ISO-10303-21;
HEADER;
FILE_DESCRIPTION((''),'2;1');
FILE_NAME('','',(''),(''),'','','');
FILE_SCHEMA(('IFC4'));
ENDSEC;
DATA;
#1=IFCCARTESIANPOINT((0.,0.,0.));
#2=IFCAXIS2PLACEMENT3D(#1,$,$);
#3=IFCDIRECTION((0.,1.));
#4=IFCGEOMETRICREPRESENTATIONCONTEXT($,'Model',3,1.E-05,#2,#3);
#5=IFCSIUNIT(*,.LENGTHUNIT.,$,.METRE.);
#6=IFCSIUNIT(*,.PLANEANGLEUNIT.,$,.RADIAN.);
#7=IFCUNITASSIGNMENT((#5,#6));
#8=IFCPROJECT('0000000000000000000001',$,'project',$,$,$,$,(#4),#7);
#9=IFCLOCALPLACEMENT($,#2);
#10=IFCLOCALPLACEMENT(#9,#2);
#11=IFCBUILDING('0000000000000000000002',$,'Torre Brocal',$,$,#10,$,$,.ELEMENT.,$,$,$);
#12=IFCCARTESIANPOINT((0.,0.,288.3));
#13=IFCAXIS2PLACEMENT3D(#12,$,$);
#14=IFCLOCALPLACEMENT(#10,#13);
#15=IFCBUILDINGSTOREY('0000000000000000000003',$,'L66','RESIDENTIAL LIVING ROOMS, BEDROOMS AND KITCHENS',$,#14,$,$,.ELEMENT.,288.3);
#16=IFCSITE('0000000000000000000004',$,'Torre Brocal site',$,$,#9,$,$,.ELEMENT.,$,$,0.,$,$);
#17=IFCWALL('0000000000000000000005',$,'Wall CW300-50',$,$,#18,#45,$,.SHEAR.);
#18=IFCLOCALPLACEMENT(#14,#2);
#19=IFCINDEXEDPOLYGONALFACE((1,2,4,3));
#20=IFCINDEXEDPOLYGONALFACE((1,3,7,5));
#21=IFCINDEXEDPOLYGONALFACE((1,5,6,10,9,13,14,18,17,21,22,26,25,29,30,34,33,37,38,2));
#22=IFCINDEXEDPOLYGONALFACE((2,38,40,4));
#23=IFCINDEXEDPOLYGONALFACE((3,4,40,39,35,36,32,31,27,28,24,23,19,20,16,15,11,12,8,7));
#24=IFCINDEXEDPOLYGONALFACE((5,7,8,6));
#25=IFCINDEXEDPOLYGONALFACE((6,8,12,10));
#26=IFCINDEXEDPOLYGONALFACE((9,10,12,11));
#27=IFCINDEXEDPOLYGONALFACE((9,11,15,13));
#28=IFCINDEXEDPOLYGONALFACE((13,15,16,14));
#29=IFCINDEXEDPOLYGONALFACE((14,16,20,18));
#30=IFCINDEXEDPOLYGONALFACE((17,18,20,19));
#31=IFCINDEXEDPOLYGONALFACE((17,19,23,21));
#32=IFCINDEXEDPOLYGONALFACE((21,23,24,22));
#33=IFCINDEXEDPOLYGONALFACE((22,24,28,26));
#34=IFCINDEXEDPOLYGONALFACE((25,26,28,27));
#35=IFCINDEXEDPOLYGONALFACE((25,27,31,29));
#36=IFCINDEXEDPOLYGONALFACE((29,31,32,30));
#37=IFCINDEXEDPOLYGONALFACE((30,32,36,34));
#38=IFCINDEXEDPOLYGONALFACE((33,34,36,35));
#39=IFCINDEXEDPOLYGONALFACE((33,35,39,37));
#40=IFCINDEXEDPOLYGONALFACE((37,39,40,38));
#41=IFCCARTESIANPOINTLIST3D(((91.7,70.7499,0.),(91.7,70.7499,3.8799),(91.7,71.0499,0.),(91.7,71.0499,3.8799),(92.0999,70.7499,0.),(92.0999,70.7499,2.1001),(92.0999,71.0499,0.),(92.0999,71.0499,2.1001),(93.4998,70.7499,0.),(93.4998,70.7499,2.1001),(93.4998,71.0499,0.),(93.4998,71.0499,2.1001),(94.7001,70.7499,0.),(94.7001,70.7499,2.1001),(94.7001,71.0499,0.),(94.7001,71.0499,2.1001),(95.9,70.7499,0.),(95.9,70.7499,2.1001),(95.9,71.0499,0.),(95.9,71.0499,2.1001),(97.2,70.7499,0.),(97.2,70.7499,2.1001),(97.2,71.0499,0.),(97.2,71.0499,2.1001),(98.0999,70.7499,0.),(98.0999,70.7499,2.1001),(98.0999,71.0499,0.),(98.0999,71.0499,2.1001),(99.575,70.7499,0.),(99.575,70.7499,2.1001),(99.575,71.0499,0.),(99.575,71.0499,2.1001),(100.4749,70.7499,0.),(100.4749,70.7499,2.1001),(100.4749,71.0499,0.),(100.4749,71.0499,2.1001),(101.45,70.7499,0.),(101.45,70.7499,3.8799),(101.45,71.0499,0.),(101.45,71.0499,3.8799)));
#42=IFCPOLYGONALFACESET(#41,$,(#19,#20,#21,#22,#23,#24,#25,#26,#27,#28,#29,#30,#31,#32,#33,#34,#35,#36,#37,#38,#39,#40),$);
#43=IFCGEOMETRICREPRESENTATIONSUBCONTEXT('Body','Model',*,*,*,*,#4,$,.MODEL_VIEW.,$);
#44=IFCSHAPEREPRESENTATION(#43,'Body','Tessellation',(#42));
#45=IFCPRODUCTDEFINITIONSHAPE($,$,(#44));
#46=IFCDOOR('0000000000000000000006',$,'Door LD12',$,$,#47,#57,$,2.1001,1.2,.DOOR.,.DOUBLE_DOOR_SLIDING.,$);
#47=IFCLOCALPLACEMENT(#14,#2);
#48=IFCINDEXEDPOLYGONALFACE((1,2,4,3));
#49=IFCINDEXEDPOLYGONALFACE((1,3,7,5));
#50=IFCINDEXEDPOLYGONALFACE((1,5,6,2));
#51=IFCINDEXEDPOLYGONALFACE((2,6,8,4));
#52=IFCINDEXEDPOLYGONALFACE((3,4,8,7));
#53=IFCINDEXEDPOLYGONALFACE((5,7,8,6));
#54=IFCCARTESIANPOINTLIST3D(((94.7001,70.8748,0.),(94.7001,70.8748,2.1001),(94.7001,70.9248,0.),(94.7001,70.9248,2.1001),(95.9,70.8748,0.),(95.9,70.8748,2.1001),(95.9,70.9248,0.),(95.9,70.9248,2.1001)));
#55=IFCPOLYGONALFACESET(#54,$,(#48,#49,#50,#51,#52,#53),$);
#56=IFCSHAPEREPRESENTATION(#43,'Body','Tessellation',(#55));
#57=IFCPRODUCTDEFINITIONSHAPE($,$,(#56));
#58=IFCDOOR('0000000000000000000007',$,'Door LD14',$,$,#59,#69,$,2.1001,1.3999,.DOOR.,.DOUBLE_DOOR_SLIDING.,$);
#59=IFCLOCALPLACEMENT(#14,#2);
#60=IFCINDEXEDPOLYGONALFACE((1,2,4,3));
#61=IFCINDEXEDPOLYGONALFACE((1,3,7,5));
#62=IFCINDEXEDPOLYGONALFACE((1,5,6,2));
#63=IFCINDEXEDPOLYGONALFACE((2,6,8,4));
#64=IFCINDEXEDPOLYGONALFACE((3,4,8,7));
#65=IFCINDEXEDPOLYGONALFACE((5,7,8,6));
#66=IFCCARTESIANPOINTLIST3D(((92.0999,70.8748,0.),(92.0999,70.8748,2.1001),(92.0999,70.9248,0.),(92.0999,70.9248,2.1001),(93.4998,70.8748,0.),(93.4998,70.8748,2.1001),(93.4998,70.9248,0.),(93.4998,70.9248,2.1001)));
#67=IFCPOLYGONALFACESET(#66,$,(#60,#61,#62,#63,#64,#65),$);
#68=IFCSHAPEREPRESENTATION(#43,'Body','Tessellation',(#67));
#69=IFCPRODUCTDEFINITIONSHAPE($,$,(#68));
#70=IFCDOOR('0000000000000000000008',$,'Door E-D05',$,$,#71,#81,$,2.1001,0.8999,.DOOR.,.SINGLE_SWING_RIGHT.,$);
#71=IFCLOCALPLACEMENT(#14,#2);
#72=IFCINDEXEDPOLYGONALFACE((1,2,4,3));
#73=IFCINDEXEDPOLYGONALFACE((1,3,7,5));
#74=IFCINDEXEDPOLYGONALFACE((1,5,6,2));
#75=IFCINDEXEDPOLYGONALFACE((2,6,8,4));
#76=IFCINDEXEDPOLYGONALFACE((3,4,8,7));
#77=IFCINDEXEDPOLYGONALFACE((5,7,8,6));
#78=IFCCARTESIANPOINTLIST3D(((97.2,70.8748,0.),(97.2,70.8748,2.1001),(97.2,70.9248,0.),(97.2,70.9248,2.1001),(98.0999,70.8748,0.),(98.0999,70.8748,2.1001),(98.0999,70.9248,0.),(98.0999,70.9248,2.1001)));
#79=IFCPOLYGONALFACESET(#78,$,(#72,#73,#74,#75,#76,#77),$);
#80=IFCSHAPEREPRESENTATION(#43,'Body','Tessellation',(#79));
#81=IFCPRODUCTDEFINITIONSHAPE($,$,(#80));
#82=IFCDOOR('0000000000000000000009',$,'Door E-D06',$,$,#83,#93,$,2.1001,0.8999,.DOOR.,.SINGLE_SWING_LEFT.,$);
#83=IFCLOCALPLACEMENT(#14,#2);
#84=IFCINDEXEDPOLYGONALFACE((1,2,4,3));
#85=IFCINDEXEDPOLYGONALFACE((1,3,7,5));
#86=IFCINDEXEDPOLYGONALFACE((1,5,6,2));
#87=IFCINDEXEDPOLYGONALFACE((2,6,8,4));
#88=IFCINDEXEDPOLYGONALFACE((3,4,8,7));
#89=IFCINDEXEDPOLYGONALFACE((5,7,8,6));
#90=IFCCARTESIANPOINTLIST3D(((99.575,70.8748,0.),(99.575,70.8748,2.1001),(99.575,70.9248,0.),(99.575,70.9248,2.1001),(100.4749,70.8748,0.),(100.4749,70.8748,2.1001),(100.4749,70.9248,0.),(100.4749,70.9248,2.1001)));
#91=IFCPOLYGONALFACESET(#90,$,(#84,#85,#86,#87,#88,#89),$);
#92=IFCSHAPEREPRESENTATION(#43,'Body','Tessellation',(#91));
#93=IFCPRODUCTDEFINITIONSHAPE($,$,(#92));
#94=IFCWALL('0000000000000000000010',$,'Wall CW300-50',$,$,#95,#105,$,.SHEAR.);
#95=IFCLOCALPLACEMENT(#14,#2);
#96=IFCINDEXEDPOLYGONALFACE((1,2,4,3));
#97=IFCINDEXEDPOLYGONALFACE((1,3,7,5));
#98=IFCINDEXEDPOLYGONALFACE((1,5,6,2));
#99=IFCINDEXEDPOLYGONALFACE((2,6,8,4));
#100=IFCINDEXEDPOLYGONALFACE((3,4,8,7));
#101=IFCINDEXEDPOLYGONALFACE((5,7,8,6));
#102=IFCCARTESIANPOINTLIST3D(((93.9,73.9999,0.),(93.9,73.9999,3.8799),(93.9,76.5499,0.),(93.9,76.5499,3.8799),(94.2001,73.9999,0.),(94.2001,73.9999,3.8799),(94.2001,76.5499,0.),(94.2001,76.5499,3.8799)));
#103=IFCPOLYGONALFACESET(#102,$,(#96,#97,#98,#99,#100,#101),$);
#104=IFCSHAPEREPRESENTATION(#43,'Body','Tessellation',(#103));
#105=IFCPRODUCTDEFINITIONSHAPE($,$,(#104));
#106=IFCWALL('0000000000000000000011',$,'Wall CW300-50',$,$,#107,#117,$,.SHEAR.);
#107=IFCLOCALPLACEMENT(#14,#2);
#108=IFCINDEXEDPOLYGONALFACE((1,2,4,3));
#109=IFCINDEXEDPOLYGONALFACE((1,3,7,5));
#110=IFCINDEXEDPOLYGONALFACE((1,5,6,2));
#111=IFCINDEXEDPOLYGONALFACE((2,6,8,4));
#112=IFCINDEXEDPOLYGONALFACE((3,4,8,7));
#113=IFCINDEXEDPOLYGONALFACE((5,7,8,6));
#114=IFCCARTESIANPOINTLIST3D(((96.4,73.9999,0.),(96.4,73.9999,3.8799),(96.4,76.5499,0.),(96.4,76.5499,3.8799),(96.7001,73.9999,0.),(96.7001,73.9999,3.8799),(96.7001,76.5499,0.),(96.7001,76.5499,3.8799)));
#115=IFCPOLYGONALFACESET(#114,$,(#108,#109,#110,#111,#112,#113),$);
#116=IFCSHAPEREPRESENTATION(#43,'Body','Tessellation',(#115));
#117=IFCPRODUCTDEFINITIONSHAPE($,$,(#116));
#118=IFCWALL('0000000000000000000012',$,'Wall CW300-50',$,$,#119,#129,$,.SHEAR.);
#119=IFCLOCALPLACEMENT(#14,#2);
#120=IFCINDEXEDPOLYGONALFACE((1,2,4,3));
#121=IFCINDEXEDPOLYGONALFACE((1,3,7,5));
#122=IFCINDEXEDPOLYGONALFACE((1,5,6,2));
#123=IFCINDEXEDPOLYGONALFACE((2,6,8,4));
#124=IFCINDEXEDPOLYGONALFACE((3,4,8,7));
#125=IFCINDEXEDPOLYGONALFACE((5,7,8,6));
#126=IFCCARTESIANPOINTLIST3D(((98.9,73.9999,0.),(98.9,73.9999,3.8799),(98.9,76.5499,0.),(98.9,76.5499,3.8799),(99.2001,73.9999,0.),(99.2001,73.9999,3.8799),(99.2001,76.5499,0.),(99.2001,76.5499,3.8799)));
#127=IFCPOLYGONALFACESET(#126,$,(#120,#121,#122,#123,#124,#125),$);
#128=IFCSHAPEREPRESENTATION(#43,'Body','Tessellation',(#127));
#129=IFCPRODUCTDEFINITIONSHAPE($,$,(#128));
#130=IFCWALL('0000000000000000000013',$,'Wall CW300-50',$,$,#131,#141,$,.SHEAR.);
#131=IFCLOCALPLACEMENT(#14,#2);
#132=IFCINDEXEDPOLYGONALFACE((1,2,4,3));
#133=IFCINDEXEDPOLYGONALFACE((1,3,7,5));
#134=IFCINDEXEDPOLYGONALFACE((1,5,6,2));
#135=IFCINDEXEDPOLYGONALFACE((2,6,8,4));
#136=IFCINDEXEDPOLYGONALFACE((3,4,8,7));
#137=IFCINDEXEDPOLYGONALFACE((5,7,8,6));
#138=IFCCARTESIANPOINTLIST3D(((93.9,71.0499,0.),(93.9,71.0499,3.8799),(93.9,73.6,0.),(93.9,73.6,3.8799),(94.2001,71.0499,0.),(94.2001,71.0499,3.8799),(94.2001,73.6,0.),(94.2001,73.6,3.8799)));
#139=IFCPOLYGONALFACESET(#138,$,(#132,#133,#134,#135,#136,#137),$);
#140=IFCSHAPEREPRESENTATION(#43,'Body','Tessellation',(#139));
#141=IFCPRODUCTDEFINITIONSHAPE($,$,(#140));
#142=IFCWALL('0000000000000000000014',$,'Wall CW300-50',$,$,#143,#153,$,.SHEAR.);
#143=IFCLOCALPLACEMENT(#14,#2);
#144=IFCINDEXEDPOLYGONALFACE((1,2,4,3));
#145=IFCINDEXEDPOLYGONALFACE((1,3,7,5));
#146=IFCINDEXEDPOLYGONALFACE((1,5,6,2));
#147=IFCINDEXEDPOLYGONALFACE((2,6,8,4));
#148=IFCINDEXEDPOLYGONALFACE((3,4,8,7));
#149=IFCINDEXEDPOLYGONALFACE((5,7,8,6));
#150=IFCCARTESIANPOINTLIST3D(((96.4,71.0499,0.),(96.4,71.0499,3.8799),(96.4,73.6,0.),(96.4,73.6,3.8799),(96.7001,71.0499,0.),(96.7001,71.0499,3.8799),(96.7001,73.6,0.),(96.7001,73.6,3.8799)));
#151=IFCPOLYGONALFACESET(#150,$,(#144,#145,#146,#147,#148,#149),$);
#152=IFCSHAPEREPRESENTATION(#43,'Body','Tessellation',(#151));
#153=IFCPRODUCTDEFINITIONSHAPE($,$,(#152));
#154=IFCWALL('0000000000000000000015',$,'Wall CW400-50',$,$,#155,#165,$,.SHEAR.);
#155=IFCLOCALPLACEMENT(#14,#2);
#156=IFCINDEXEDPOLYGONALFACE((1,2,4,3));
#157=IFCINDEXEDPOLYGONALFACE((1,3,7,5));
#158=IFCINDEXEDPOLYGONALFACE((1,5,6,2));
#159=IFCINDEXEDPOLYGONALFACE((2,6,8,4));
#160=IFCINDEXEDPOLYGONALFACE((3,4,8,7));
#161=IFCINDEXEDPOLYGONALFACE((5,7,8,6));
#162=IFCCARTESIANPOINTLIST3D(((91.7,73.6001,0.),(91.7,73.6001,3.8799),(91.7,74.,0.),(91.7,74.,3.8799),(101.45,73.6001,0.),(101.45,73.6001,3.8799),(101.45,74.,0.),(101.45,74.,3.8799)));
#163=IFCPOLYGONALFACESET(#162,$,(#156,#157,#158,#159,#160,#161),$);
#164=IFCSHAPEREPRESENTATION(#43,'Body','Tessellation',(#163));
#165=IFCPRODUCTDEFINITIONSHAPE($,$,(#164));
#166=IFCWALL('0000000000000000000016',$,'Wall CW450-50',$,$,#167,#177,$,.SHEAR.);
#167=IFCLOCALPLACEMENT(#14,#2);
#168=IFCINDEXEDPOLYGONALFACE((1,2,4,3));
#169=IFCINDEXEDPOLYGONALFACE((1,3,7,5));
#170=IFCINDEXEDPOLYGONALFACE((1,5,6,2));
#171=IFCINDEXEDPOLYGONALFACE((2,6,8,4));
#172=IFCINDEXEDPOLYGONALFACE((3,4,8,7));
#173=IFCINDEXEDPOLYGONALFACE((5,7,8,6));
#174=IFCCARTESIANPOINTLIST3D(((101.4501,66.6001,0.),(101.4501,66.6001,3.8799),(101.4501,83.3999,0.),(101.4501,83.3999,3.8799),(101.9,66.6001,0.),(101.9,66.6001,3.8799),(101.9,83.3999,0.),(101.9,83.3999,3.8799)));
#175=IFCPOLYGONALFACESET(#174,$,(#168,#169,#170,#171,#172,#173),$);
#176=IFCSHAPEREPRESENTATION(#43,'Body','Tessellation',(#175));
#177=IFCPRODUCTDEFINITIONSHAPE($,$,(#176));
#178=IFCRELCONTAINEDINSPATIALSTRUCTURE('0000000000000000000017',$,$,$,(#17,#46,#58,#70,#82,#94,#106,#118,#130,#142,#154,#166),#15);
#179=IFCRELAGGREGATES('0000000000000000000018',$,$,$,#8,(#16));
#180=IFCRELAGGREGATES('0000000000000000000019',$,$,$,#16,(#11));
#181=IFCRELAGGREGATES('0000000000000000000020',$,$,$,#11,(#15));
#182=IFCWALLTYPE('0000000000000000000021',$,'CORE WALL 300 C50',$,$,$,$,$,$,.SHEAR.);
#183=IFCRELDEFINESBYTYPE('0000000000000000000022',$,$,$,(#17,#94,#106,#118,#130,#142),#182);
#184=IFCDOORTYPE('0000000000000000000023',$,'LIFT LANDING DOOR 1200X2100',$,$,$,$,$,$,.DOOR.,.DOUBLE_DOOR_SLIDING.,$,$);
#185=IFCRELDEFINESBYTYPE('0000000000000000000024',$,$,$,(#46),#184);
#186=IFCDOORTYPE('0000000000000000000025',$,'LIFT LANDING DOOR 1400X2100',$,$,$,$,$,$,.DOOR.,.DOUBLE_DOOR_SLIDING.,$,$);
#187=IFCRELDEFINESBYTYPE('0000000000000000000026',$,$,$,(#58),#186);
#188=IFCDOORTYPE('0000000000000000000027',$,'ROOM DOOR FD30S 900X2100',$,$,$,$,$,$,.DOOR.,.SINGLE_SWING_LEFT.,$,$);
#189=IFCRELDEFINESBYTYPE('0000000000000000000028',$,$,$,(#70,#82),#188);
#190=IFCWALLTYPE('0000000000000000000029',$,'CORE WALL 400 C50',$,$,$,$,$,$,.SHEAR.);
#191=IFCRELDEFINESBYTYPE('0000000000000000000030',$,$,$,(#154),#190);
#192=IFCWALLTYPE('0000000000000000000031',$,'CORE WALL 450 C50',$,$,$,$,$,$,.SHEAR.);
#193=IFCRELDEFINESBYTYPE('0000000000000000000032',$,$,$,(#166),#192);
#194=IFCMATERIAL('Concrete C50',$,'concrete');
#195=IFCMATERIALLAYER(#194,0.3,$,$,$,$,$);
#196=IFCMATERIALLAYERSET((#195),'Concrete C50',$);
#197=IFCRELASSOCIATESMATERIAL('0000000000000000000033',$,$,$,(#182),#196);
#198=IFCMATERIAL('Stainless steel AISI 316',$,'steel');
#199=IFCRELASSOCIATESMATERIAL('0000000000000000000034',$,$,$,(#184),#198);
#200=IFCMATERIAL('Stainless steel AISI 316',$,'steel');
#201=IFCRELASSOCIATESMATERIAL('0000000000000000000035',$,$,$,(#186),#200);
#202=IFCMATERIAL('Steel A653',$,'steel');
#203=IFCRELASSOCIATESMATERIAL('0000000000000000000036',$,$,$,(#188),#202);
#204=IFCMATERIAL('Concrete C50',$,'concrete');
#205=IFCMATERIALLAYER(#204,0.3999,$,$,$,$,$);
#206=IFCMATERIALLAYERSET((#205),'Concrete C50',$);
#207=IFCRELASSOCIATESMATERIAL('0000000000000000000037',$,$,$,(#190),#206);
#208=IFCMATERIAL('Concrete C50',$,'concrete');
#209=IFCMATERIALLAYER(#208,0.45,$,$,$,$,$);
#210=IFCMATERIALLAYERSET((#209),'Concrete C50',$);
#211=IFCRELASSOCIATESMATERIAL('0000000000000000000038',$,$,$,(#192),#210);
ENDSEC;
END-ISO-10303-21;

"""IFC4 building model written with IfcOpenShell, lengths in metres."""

from ifc_helpers import new_model, si_unit, direction, frame, frame_2d, origin, place, context, subcontext, project, spatial, rectangle, extrude, material, layer, layer_set, type_object, element, fill, save


model = new_model("IFC4")

# Units and contexts
model_context = context("Model", 3, precision=1e-05, world=origin(), true_north=direction((0.0, 1.0)))
body_context = subcontext(model_context, "Body", "Model", "MODEL_VIEW")
ifc_project = project(units=[si_unit("LENGTHUNIT", "METRE"), si_unit("PLANEANGLEUNIT", "RADIAN")], contexts=[model_context])

# Site, building, storey
site_placement = place(None, origin())
site = spatial("IfcSite", under=ifc_project, at=site_placement, Name="Torre Brocal site", CompositionType="ELEMENT", RefElevation=0.0)
building_placement = place(site_placement, origin())
building = spatial("IfcBuilding", under=site, at=building_placement, Name="Torre Brocal", CompositionType="ELEMENT")
storey_placement = place(building_placement, frame((0.0, 0.0, 288.3)))
storey = spatial("IfcBuildingStorey", under=building, at=storey_placement, Name="L66", Description="RESIDENTIAL LIVING ROOMS, BEDROOMS AND KITCHENS", CompositionType="ELEMENT", Elevation=288.3)

# Shared definitions
ifc_material_1 = material(Name="Concrete C50", Category="concrete")
ifc_layer_1 = layer(ifc_material_1, 0.3)
ifc_layer_set_1 = layer_set([ifc_layer_1], Name="Concrete C50")
wall_type_1 = type_object("IfcWallType", Name="CORE WALL 300 C50", PredefinedType="SHEAR", material=ifc_layer_set_1)

# Wall, openings, doors
wall_1_placement = place(storey_placement, frame((91.7, 70.8999, 0.0), z_axis=(0.0, 0.0, 1.0), x_axis=(1.0, 0.0, 0.0)))
wall_1 = element("IfcWall", 1, at=wall_1_placement, inside=storey, type_object=wall_type_1, Name="Wall CW300-50", PredefinedType="SHEAR", context=body_context, shape_type="SweptSolid", body=[
    extrude(rectangle(XDim=9.75, YDim=0.3, at=frame_2d((4.875, 0.0))), origin(), (0.0, 0.0, 1.0), 3.8799),
])
opening_1_placement = place(wall_1_placement, frame((0.3999, 0.0, 0.0)))
opening_1 = element("IfcOpeningElement", 2, at=opening_1_placement, cuts=wall_1, PredefinedType="OPENING", context=body_context, shape_type="SweptSolid", body=[
    extrude(rectangle(XDim=1.3999, YDim=2.1001, at=frame_2d((0.7, 1.05))), frame((0.0, 0.1599, 0.0), z_axis=(0.0, -1.0, 0.0), x_axis=(1.0, 0.0, 0.0)), (0.0, 0.0, 1.0), 0.3201),
])
opening_2_placement = place(wall_1_placement, frame((3.0, 0.0, 0.0)))
opening_2 = element("IfcOpeningElement", 3, at=opening_2_placement, cuts=wall_1, PredefinedType="OPENING", context=body_context, shape_type="SweptSolid", body=[
    extrude(rectangle(XDim=1.2, YDim=2.1001, at=frame_2d((0.6001, 1.05))), frame((0.0, 0.1599, 0.0), z_axis=(0.0, -1.0, 0.0), x_axis=(1.0, 0.0, 0.0)), (0.0, 0.0, 1.0), 0.3201),
])
opening_3_placement = place(wall_1_placement, frame((5.5, 0.0, 0.0)))
opening_3 = element("IfcOpeningElement", 4, at=opening_3_placement, cuts=wall_1, PredefinedType="OPENING", context=body_context, shape_type="SweptSolid", body=[
    extrude(rectangle(XDim=0.8999, YDim=2.1001, at=frame_2d((0.45, 1.05))), frame((0.0, 0.1599, 0.0), z_axis=(0.0, -1.0, 0.0), x_axis=(1.0, 0.0, 0.0)), (0.0, 0.0, 1.0), 0.3201),
])
opening_4_placement = place(wall_1_placement, frame((7.875, 0.0, 0.0)))
opening_4 = element("IfcOpeningElement", 5, at=opening_4_placement, cuts=wall_1, PredefinedType="OPENING", context=body_context, shape_type="SweptSolid", body=[
    extrude(rectangle(XDim=0.8999, YDim=2.1001, at=frame_2d((0.45, 1.05))), frame((0.0, 0.1599, 0.0), z_axis=(0.0, -1.0, 0.0), x_axis=(1.0, 0.0, 0.0)), (0.0, 0.0, 1.0), 0.3201),
])
ifc_material_2 = material(Name="Stainless steel AISI 316", Category="steel")
door_type_1 = type_object("IfcDoorType", Name="LIFT LANDING DOOR 1200X2100", OperationType="DOUBLE_DOOR_SLIDING", PredefinedType="DOOR", material=ifc_material_2)
door_1_placement = place(opening_2_placement, origin())
door_1 = element("IfcDoor", 6, at=door_1_placement, inside=storey, type_object=door_type_1, Name="Door LD12", OperationType="DOUBLE_DOOR_SLIDING", OverallHeight=2.1001, OverallWidth=1.2, PredefinedType="DOOR", context=body_context, shape_type="SweptSolid", body=[
    extrude(rectangle(XDim=1.2, YDim=2.1001, at=frame_2d((0.6001, 1.05))), frame((0.0, 0.0249, 0.0), z_axis=(0.0, -1.0, 0.0), x_axis=(1.0, 0.0, 0.0)), (0.0, 0.0, 1.0), 0.05),
])
fill(opening_2, door_1)
ifc_material_3 = material(Name="Stainless steel AISI 316", Category="steel")
door_type_2 = type_object("IfcDoorType", Name="LIFT LANDING DOOR 1400X2100", OperationType="DOUBLE_DOOR_SLIDING", PredefinedType="DOOR", material=ifc_material_3)
door_2_placement = place(opening_1_placement, origin())
door_2 = element("IfcDoor", 7, at=door_2_placement, inside=storey, type_object=door_type_2, Name="Door LD14", OperationType="DOUBLE_DOOR_SLIDING", OverallHeight=2.1001, OverallWidth=1.3999, PredefinedType="DOOR", context=body_context, shape_type="SweptSolid", body=[
    extrude(rectangle(XDim=1.3999, YDim=2.1001, at=frame_2d((0.7, 1.05))), frame((0.0, 0.0249, 0.0), z_axis=(0.0, -1.0, 0.0), x_axis=(1.0, 0.0, 0.0)), (0.0, 0.0, 1.0), 0.05),
])
fill(opening_1, door_2)
ifc_material_4 = material(Name="Steel A653", Category="steel")
door_type_3 = type_object("IfcDoorType", Name="ROOM DOOR FD30S 900X2100", OperationType="SINGLE_SWING_LEFT", PredefinedType="DOOR", material=ifc_material_4)
door_3_placement = place(opening_3_placement, origin())
door_3 = element("IfcDoor", 8, at=door_3_placement, inside=storey, type_object=door_type_3, Name="Door E-D05", OperationType="SINGLE_SWING_RIGHT", OverallHeight=2.1001, OverallWidth=0.8999, PredefinedType="DOOR", context=body_context, shape_type="SweptSolid", body=[
    extrude(rectangle(XDim=0.8999, YDim=2.1001, at=frame_2d((0.45, 1.05))), frame((0.0, 0.0249, 0.0), z_axis=(0.0, -1.0, 0.0), x_axis=(1.0, 0.0, 0.0)), (0.0, 0.0, 1.0), 0.05),
])
fill(opening_3, door_3)
door_4_placement = place(opening_4_placement, origin())
door_4 = element("IfcDoor", 9, at=door_4_placement, inside=storey, type_object=door_type_3, Name="Door E-D06", OperationType="SINGLE_SWING_LEFT", OverallHeight=2.1001, OverallWidth=0.8999, PredefinedType="DOOR", context=body_context, shape_type="SweptSolid", body=[
    extrude(rectangle(XDim=0.8999, YDim=2.1001, at=frame_2d((0.45, 1.05))), frame((0.0, 0.0249, 0.0), z_axis=(0.0, -1.0, 0.0), x_axis=(1.0, 0.0, 0.0)), (0.0, 0.0, 1.0), 0.05),
])
fill(opening_4, door_4)

# Walls
for number, where, z_axis, x_axis, name in (
    (10, (94.05, 74.0, 0.0), (0.0, 0.0, 1.0), (0.0, 1.0, 0.0), "Wall CW300-50"),
    (11, (96.55, 74.0, 0.0), (0.0, 0.0, 1.0), (0.0, 1.0, 0.0), "Wall CW300-50"),
    (12, (99.05, 74.0, 0.0), (0.0, 0.0, 1.0), (0.0, 1.0, 0.0), "Wall CW300-50"),
    (13, (94.05, 71.05, 0.0), (0.0, 0.0, 1.0), (0.0, 1.0, 0.0), "Wall CW300-50"),
    (14, (96.55, 71.05, 0.0), (0.0, 0.0, 1.0), (0.0, 1.0, 0.0), "Wall CW300-50"),
):
    element("IfcWall", number, at=place(storey_placement, frame(where, z_axis=z_axis, x_axis=x_axis)), inside=storey, type_object=wall_type_1, Name=name, PredefinedType="SHEAR", context=body_context, shape_type="SweptSolid", body=[
        extrude(rectangle(XDim=2.55, YDim=0.3, at=frame_2d((1.2749, 0.0))), origin(), (0.0, 0.0, 1.0), 3.8799),
    ])
ifc_material_5 = material(Name="Concrete C50", Category="concrete")
ifc_layer_2 = layer(ifc_material_5, 0.3999)
ifc_layer_set_2 = layer_set([ifc_layer_2], Name="Concrete C50")
wall_type_2 = type_object("IfcWallType", Name="CORE WALL 400 C50", PredefinedType="SHEAR", material=ifc_layer_set_2)
wall_2_placement = place(storey_placement, frame((91.7, 73.8, 0.0), z_axis=(0.0, 0.0, 1.0), x_axis=(1.0, 0.0, 0.0)))
element("IfcWall", 15, at=wall_2_placement, inside=storey, type_object=wall_type_2, Name="Wall CW400-50", PredefinedType="SHEAR", context=body_context, shape_type="SweptSolid", body=[
    extrude(rectangle(XDim=9.75, YDim=0.3999, at=frame_2d((4.875, 0.0))), origin(), (0.0, 0.0, 1.0), 3.8799),
])
ifc_material_6 = material(Name="Concrete C50", Category="concrete")
ifc_layer_3 = layer(ifc_material_6, 0.45)
ifc_layer_set_3 = layer_set([ifc_layer_3], Name="Concrete C50")
wall_type_3 = type_object("IfcWallType", Name="CORE WALL 450 C50", PredefinedType="SHEAR", material=ifc_layer_set_3)
wall_3_placement = place(storey_placement, frame((101.675, 66.6001, 0.0), z_axis=(0.0, 0.0, 1.0), x_axis=(0.0, 1.0, 0.0)))
element("IfcWall", 16, at=wall_3_placement, inside=storey, type_object=wall_type_3, Name="Wall CW450-50", PredefinedType="SHEAR", context=body_context, shape_type="SweptSolid", body=[
    extrude(rectangle(XDim=16.7998, YDim=0.45, at=frame_2d((8.3999, 0.0))), origin(), (0.0, 0.0, 1.0), 3.8799),
])

save(model, "model.ifc")
